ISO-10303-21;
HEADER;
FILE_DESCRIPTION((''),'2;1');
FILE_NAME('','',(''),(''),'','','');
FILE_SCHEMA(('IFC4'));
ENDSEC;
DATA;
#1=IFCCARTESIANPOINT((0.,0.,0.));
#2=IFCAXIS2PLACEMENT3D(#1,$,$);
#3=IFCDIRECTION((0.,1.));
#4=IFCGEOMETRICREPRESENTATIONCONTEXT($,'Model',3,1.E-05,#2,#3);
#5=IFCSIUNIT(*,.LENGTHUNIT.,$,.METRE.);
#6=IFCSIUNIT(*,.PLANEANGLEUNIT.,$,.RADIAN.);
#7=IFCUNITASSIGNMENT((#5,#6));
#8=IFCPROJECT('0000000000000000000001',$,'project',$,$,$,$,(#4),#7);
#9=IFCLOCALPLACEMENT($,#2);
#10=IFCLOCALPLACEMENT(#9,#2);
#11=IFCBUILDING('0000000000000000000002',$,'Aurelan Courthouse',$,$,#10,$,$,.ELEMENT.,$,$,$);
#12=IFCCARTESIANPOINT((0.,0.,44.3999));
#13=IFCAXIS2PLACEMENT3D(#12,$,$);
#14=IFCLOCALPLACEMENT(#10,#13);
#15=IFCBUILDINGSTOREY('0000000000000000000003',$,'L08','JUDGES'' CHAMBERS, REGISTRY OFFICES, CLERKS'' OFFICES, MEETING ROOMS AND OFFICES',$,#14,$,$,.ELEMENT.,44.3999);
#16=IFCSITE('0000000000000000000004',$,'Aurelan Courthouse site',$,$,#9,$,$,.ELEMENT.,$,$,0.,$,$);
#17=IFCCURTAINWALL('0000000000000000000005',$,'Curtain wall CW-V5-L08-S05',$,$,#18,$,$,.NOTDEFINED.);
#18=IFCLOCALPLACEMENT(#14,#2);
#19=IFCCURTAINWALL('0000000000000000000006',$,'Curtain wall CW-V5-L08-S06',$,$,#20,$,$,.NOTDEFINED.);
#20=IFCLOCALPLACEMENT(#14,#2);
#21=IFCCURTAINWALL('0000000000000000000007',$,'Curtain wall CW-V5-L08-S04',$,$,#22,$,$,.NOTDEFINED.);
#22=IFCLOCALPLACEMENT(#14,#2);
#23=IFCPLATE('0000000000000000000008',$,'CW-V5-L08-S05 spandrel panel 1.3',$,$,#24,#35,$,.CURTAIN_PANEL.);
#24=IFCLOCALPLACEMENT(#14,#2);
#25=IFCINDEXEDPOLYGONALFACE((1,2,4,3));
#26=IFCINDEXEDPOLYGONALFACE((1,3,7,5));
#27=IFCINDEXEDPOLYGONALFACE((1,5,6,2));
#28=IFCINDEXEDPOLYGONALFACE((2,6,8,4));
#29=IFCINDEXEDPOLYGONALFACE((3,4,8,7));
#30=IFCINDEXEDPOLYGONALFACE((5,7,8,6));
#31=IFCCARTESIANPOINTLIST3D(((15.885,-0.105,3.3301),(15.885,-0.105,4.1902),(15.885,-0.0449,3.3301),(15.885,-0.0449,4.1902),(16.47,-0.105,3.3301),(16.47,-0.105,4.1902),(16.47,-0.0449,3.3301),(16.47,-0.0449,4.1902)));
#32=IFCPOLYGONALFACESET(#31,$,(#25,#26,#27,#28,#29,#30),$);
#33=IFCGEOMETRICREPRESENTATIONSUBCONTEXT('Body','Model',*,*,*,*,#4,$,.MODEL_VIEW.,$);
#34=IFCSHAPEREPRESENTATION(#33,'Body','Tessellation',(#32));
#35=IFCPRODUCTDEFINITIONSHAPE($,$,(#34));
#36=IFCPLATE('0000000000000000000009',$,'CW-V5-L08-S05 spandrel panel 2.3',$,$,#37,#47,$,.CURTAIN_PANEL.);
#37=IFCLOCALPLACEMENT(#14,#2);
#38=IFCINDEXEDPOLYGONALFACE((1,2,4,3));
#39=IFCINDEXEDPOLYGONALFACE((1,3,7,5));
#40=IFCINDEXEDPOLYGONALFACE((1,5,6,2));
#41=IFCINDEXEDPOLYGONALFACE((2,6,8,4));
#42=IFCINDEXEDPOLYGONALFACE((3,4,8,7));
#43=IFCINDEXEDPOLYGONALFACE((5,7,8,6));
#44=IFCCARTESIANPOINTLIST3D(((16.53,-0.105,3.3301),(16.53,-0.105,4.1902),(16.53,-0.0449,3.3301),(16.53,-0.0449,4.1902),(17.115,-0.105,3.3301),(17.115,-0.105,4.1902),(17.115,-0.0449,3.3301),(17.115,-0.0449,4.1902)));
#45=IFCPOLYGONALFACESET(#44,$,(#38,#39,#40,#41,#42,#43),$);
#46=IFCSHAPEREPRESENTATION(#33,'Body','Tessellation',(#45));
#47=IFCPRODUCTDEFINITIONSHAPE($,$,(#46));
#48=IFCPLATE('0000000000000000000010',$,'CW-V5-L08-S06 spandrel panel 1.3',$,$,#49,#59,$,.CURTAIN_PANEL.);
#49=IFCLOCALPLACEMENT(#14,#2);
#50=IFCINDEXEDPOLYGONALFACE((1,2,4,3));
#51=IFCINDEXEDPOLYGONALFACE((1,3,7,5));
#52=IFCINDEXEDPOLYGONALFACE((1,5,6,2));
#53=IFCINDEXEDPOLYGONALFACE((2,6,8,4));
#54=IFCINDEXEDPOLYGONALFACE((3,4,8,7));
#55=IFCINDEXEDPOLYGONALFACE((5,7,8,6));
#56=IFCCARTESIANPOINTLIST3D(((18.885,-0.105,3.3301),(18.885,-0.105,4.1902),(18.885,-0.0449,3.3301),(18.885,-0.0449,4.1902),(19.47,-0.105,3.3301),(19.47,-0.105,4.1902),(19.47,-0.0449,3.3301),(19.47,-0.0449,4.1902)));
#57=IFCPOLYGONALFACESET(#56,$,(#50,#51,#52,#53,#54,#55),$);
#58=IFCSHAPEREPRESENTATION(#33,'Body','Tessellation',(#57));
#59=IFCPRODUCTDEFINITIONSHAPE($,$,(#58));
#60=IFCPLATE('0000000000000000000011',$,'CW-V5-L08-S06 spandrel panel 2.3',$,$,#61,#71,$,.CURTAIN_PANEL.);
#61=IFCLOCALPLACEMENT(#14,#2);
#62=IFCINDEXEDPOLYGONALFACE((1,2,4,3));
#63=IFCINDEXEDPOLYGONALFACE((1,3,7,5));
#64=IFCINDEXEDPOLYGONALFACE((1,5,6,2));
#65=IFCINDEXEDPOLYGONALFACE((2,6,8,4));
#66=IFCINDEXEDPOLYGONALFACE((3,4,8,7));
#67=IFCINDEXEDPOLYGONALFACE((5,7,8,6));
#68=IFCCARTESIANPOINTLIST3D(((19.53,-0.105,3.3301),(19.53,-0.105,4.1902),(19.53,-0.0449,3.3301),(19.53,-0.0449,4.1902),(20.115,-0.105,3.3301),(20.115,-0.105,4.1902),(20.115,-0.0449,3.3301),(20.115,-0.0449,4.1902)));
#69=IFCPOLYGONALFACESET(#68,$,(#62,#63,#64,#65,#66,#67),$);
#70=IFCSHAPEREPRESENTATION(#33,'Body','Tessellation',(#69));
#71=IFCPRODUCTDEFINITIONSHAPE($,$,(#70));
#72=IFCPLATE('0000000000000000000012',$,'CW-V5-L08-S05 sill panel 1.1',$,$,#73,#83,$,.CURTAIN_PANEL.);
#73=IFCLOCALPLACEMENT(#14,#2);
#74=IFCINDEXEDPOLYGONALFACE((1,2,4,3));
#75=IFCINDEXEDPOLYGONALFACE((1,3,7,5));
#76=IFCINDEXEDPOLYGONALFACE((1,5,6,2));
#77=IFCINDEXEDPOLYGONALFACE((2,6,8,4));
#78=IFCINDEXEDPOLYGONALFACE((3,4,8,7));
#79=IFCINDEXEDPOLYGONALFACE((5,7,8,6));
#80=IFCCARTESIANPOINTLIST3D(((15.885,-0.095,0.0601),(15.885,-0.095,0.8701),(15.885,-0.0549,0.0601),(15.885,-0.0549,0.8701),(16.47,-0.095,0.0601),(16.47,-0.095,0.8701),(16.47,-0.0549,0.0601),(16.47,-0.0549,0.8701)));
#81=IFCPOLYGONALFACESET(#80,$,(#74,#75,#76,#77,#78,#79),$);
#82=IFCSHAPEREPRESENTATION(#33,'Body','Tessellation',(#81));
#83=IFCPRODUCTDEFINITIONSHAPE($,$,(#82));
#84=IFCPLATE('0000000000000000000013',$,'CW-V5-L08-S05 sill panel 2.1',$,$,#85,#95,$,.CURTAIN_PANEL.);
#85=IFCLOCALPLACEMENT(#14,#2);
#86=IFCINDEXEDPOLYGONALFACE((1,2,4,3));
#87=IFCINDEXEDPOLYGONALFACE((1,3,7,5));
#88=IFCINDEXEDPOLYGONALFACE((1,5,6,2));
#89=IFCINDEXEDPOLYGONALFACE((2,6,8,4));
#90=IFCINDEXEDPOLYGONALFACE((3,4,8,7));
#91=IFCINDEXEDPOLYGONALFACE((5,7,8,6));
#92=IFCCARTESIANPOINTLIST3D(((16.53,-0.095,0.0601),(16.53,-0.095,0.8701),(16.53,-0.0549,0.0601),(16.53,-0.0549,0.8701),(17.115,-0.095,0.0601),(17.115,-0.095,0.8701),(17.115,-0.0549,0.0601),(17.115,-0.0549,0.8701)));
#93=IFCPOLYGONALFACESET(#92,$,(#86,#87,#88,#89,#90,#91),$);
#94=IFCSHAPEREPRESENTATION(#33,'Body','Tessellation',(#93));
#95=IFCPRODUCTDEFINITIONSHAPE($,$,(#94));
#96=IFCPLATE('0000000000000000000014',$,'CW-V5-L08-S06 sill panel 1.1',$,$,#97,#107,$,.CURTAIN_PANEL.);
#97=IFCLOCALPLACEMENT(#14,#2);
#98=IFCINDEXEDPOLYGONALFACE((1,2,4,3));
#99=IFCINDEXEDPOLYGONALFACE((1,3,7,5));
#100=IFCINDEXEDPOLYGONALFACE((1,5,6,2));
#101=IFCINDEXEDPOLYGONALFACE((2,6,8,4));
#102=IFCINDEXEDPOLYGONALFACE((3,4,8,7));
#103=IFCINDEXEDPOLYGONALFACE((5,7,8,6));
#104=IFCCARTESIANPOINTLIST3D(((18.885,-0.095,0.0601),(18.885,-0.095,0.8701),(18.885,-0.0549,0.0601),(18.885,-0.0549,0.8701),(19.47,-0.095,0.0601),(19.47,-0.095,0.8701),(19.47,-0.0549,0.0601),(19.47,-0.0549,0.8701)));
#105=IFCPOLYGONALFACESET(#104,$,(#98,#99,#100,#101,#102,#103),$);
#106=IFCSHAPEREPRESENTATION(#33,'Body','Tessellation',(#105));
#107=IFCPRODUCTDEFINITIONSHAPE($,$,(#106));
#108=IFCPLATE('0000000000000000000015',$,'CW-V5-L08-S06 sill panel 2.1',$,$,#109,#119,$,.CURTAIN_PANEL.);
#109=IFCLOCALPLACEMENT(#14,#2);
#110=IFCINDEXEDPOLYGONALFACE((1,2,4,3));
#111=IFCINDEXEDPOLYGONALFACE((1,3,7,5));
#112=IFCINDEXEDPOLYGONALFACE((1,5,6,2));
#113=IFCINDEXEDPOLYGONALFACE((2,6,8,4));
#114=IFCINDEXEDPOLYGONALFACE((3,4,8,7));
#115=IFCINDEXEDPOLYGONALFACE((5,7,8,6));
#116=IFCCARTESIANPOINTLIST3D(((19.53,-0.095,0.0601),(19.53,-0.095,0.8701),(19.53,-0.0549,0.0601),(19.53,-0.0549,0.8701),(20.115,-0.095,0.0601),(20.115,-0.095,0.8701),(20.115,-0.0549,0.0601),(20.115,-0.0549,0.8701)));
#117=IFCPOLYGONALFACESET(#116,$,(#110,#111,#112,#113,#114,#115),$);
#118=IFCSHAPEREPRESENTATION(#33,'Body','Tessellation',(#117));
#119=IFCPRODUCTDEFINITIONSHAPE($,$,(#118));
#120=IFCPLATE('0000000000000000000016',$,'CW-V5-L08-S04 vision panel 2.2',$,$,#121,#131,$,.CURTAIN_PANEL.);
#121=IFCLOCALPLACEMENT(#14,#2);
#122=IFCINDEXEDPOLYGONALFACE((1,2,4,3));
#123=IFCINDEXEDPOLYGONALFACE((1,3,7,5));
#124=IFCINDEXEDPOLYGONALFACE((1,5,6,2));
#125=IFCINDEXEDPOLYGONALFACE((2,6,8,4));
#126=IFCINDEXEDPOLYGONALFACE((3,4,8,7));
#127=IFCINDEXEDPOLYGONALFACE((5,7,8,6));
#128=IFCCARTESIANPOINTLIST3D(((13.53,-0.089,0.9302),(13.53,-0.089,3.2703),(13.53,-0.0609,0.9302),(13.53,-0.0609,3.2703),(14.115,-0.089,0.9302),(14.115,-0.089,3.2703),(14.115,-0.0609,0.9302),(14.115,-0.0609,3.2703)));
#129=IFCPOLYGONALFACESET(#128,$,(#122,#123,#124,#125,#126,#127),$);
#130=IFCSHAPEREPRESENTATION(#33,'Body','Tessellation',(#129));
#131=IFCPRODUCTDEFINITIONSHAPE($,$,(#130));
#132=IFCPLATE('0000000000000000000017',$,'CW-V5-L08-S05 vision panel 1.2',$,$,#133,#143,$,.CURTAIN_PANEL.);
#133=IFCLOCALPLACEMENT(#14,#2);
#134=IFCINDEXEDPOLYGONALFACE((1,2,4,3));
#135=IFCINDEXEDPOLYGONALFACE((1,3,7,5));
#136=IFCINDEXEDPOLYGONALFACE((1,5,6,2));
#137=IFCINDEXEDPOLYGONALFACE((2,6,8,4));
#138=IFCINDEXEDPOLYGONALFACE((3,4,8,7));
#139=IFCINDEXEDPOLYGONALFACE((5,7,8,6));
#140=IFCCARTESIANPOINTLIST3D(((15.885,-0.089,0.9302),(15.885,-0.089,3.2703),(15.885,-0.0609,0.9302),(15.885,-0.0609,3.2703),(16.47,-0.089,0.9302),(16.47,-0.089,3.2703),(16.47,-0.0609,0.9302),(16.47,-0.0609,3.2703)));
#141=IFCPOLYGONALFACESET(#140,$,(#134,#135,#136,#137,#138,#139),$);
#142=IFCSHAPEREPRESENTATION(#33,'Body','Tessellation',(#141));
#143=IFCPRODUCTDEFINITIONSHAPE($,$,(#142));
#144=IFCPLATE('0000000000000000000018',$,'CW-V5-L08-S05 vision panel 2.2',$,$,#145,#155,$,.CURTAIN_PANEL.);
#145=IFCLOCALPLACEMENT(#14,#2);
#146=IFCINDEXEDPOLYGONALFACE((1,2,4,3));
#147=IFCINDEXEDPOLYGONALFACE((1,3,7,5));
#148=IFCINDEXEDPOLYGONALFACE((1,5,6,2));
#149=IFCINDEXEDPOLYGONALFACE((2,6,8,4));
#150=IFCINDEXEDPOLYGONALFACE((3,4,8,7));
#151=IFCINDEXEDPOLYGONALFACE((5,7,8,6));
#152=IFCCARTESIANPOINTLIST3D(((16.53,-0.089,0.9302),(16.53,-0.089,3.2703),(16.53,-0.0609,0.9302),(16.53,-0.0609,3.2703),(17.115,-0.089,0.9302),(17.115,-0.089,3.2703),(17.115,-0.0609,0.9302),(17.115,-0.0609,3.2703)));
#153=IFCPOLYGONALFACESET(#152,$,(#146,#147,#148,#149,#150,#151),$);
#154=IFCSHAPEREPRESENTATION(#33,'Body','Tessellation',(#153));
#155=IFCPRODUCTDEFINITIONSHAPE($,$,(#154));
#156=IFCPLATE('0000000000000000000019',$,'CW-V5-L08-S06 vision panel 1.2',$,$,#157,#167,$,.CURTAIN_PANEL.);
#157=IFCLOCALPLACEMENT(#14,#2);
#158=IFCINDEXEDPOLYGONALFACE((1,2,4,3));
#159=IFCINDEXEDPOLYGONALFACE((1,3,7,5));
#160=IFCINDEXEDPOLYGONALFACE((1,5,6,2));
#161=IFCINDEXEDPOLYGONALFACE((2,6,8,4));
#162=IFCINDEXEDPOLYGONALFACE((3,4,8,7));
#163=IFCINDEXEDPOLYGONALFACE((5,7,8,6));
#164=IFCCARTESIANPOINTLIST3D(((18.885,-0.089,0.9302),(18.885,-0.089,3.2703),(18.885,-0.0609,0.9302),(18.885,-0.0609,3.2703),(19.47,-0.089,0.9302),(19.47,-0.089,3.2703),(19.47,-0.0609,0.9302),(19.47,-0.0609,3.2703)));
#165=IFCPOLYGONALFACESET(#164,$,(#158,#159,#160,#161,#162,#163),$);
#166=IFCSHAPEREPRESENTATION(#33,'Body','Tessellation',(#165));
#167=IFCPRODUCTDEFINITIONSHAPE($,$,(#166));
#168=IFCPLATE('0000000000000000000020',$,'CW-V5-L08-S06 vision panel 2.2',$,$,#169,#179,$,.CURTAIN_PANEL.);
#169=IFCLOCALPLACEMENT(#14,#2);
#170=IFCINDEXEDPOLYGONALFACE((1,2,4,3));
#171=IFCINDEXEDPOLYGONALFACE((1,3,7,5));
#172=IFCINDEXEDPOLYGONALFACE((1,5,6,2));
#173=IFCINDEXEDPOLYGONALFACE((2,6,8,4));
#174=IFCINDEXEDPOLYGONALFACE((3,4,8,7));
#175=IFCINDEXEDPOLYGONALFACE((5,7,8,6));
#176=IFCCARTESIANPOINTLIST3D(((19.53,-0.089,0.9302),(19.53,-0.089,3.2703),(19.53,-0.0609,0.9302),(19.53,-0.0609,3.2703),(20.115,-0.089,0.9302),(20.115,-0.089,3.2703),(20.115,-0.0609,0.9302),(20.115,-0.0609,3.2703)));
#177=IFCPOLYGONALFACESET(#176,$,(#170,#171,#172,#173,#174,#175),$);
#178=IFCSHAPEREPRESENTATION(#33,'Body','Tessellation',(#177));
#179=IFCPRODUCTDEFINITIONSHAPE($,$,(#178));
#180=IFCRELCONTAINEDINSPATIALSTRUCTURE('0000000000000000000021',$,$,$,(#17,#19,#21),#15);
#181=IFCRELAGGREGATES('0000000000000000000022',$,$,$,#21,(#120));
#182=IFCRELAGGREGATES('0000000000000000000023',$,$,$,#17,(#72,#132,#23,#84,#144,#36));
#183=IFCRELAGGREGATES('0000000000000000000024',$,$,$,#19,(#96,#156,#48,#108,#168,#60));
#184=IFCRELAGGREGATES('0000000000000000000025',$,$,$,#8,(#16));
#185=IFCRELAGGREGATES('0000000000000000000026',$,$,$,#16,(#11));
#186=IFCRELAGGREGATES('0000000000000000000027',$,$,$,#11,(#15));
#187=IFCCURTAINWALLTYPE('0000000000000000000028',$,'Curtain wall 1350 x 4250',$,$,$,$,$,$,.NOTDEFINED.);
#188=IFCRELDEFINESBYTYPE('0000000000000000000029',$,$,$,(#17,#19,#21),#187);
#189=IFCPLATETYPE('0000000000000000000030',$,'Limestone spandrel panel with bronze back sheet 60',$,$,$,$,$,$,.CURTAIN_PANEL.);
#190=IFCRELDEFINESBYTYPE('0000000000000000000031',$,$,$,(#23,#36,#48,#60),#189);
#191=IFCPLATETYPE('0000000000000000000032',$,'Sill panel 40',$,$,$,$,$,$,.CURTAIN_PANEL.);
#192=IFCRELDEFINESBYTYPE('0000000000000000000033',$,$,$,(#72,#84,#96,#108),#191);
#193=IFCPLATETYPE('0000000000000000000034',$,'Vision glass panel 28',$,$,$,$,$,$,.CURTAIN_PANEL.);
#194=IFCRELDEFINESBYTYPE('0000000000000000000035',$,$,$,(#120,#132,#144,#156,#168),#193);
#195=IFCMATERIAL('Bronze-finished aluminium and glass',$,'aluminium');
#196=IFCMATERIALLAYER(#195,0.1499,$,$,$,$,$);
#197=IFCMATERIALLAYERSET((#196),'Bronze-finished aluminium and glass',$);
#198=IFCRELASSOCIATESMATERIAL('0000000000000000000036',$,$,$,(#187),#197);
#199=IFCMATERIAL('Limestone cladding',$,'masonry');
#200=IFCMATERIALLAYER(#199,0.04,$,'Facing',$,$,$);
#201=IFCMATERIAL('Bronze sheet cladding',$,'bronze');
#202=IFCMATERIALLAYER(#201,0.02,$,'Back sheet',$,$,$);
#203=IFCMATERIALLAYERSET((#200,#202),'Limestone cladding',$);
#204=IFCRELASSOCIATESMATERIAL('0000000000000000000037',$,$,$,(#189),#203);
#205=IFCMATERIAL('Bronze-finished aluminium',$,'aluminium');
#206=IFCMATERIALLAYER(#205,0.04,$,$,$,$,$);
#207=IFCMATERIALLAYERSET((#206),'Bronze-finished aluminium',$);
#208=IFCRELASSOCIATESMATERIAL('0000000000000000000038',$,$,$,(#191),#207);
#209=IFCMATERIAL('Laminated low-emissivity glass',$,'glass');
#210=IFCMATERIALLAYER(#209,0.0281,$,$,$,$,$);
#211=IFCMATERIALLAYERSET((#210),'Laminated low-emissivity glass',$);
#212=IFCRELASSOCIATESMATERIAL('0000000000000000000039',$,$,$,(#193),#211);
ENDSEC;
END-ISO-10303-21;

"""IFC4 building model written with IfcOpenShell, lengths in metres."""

from ifc_helpers import new_model, si_unit, direction, frame, origin, origin_2d, place, context, subcontext, project, spatial, rectangle, extrude, material, layer, layer_set, type_object, element, aggregate, save


model = new_model("IFC4")

# Units and contexts
model_context = context("Model", 3, precision=1e-05, world=origin(), true_north=direction((0.0, 1.0)))
body_context = subcontext(model_context, "Body", "Model", "MODEL_VIEW")
ifc_project = project(units=[si_unit("LENGTHUNIT", "METRE"), si_unit("PLANEANGLEUNIT", "RADIAN")], contexts=[model_context])

# Site, building, storey
site_placement = place(None, origin())
site = spatial("IfcSite", under=ifc_project, at=site_placement, Name="Aurelan Courthouse site", CompositionType="ELEMENT", RefElevation=0.0)
building_placement = place(site_placement, origin())
building = spatial("IfcBuilding", under=site, at=building_placement, Name="Aurelan Courthouse", CompositionType="ELEMENT")
storey_placement = place(building_placement, frame((0.0, 0.0, 44.3999)))
storey = spatial("IfcBuildingStorey", under=building, at=storey_placement, Name="L08", Description="JUDGES' CHAMBERS, REGISTRY OFFICES, CLERKS' OFFICES, MEETING ROOMS AND OFFICES", CompositionType="ELEMENT", Elevation=44.3999)

# Curtain walls
ifc_material_1 = material(Name="Bronze-finished aluminium and glass", Category="aluminium")
ifc_layer_1 = layer(ifc_material_1, 0.1499)
ifc_layer_set_1 = layer_set([ifc_layer_1], Name="Bronze-finished aluminium and glass")
curtain_wall_type = type_object("IfcCurtainWallType", Name="Curtain wall 1350 x 4250", PredefinedType="NOTDEFINED", material=ifc_layer_set_1)
curtain_wall_1_placement = place(storey_placement, origin())
curtain_wall_1 = element("IfcCurtainWall", 1, at=curtain_wall_1_placement, inside=storey, type_object=curtain_wall_type, Name="Curtain wall CW-V5-L08-S05", PredefinedType="NOTDEFINED")
ifc_material_2 = material(Name="Bronze-finished aluminium", Category="aluminium")
curtain_wall_2_placement = place(storey_placement, origin())
curtain_wall_2 = element("IfcCurtainWall", 2, at=curtain_wall_2_placement, inside=storey, type_object=curtain_wall_type, Name="Curtain wall CW-V5-L08-S06", PredefinedType="NOTDEFINED")

# Curtain wall
curtain_wall_3_placement = place(storey_placement, origin())
curtain_wall_3 = element("IfcCurtainWall", 3, at=curtain_wall_3_placement, inside=storey, type_object=curtain_wall_type, Name="Curtain wall CW-V5-L08-S04", PredefinedType="NOTDEFINED")
ifc_material_3 = material(Name="Limestone cladding", Category="masonry")
ifc_layer_2 = layer(ifc_material_3, 0.04, Name="Facing")
ifc_material_4 = material(Name="Bronze sheet cladding", Category="bronze")
ifc_layer_3 = layer(ifc_material_4, 0.02, Name="Back sheet")
ifc_layer_set_2 = layer_set([ifc_layer_2, ifc_layer_3], Name="Limestone cladding")
plate_type_1 = type_object("IfcPlateType", Name="Limestone spandrel panel with bronze back sheet 60", PredefinedType="CURTAIN_PANEL", material=ifc_layer_set_2)

# Plates
plate_1_placement = place(storey_placement, frame((16.1775, -0.075, 3.3301), z_axis=(0.0, 0.0, 1.0), x_axis=(1.0, 0.0, 0.0)))
plate_1 = element("IfcPlate", 4, at=plate_1_placement, type_object=plate_type_1, Name="CW-V5-L08-S05 spandrel panel 1.3", PredefinedType="CURTAIN_PANEL", context=body_context, shape_type="SweptSolid", body=[
    extrude(rectangle(XDim=0.585, YDim=0.0601, at=origin_2d()), origin(), (0.0, 0.0, 1.0), 0.8601),
])
plate_2_placement = place(storey_placement, frame((16.8225, -0.075, 3.3301), z_axis=(0.0, 0.0, 1.0), x_axis=(1.0, 0.0, 0.0)))
plate_2 = element("IfcPlate", 5, at=plate_2_placement, type_object=plate_type_1, Name="CW-V5-L08-S05 spandrel panel 2.3", PredefinedType="CURTAIN_PANEL", context=body_context, shape_type="SweptSolid", body=[
    extrude(rectangle(XDim=0.585, YDim=0.0601, at=origin_2d()), origin(), (0.0, 0.0, 1.0), 0.8601),
])
plate_3_placement = place(storey_placement, frame((19.1775, -0.075, 3.3301), z_axis=(0.0, 0.0, 1.0), x_axis=(1.0, 0.0, 0.0)))
plate_3 = element("IfcPlate", 6, at=plate_3_placement, type_object=plate_type_1, Name="CW-V5-L08-S06 spandrel panel 1.3", PredefinedType="CURTAIN_PANEL", context=body_context, shape_type="SweptSolid", body=[
    extrude(rectangle(XDim=0.585, YDim=0.0601, at=origin_2d()), origin(), (0.0, 0.0, 1.0), 0.8601),
])
plate_4_placement = place(storey_placement, frame((19.8225, -0.075, 3.3301), z_axis=(0.0, 0.0, 1.0), x_axis=(1.0, 0.0, 0.0)))
plate_4 = element("IfcPlate", 7, at=plate_4_placement, type_object=plate_type_1, Name="CW-V5-L08-S06 spandrel panel 2.3", PredefinedType="CURTAIN_PANEL", context=body_context, shape_type="SweptSolid", body=[
    extrude(rectangle(XDim=0.585, YDim=0.0601, at=origin_2d()), origin(), (0.0, 0.0, 1.0), 0.8601),
])
ifc_layer_4 = layer(ifc_material_2, 0.04)
ifc_layer_set_3 = layer_set([ifc_layer_4], Name="Bronze-finished aluminium")
plate_type_2 = type_object("IfcPlateType", Name="Sill panel 40", PredefinedType="CURTAIN_PANEL", material=ifc_layer_set_3)
plate_5_placement = place(storey_placement, frame((16.1775, -0.075, 0.0601), z_axis=(0.0, 0.0, 1.0), x_axis=(1.0, 0.0, 0.0)))
plate_5 = element("IfcPlate", 8, at=plate_5_placement, type_object=plate_type_2, Name="CW-V5-L08-S05 sill panel 1.1", PredefinedType="CURTAIN_PANEL", context=body_context, shape_type="SweptSolid", body=[
    extrude(rectangle(XDim=0.585, YDim=0.04, at=origin_2d()), origin(), (0.0, 0.0, 1.0), 0.8101),
])
plate_6_placement = place(storey_placement, frame((16.8225, -0.075, 0.0601), z_axis=(0.0, 0.0, 1.0), x_axis=(1.0, 0.0, 0.0)))
plate_6 = element("IfcPlate", 9, at=plate_6_placement, type_object=plate_type_2, Name="CW-V5-L08-S05 sill panel 2.1", PredefinedType="CURTAIN_PANEL", context=body_context, shape_type="SweptSolid", body=[
    extrude(rectangle(XDim=0.585, YDim=0.04, at=origin_2d()), origin(), (0.0, 0.0, 1.0), 0.8101),
])
plate_7_placement = place(storey_placement, frame((19.1775, -0.075, 0.0601), z_axis=(0.0, 0.0, 1.0), x_axis=(1.0, 0.0, 0.0)))
plate_7 = element("IfcPlate", 10, at=plate_7_placement, type_object=plate_type_2, Name="CW-V5-L08-S06 sill panel 1.1", PredefinedType="CURTAIN_PANEL", context=body_context, shape_type="SweptSolid", body=[
    extrude(rectangle(XDim=0.585, YDim=0.04, at=origin_2d()), origin(), (0.0, 0.0, 1.0), 0.8101),
])
plate_8_placement = place(storey_placement, frame((19.8225, -0.075, 0.0601), z_axis=(0.0, 0.0, 1.0), x_axis=(1.0, 0.0, 0.0)))
plate_8 = element("IfcPlate", 11, at=plate_8_placement, type_object=plate_type_2, Name="CW-V5-L08-S06 sill panel 2.1", PredefinedType="CURTAIN_PANEL", context=body_context, shape_type="SweptSolid", body=[
    extrude(rectangle(XDim=0.585, YDim=0.04, at=origin_2d()), origin(), (0.0, 0.0, 1.0), 0.8101),
])
ifc_material_5 = material(Name="Laminated low-emissivity glass", Category="glass")
ifc_layer_5 = layer(ifc_material_5, 0.0281)
ifc_layer_set_4 = layer_set([ifc_layer_5], Name="Laminated low-emissivity glass")
plate_type_3 = type_object("IfcPlateType", Name="Vision glass panel 28", PredefinedType="CURTAIN_PANEL", material=ifc_layer_set_4)
plate_9_placement = place(storey_placement, frame((13.8225, -0.075, 0.9302), z_axis=(0.0, 0.0, 1.0), x_axis=(1.0, 0.0, 0.0)))
plate_9 = element("IfcPlate", 12, at=plate_9_placement, type_object=plate_type_3, Name="CW-V5-L08-S04 vision panel 2.2", PredefinedType="CURTAIN_PANEL", context=body_context, shape_type="SweptSolid", body=[
    extrude(rectangle(XDim=0.585, YDim=0.0281, at=origin_2d()), origin(), (0.0, 0.0, 1.0), 2.3401),
])
aggregate(curtain_wall_3, [plate_9])
plate_10_placement = place(storey_placement, frame((16.1775, -0.075, 0.9302), z_axis=(0.0, 0.0, 1.0), x_axis=(1.0, 0.0, 0.0)))
plate_10 = element("IfcPlate", 13, at=plate_10_placement, type_object=plate_type_3, Name="CW-V5-L08-S05 vision panel 1.2", PredefinedType="CURTAIN_PANEL", context=body_context, shape_type="SweptSolid", body=[
    extrude(rectangle(XDim=0.585, YDim=0.0281, at=origin_2d()), origin(), (0.0, 0.0, 1.0), 2.3401),
])
plate_11_placement = place(storey_placement, frame((16.8225, -0.075, 0.9302), z_axis=(0.0, 0.0, 1.0), x_axis=(1.0, 0.0, 0.0)))
plate_11 = element("IfcPlate", 14, at=plate_11_placement, type_object=plate_type_3, Name="CW-V5-L08-S05 vision panel 2.2", PredefinedType="CURTAIN_PANEL", context=body_context, shape_type="SweptSolid", body=[
    extrude(rectangle(XDim=0.585, YDim=0.0281, at=origin_2d()), origin(), (0.0, 0.0, 1.0), 2.3401),
])
aggregate(curtain_wall_1, [plate_5, plate_10, plate_1, plate_6, plate_11, plate_2])
plate_12_placement = place(storey_placement, frame((19.1775, -0.075, 0.9302), z_axis=(0.0, 0.0, 1.0), x_axis=(1.0, 0.0, 0.0)))
plate_12 = element("IfcPlate", 15, at=plate_12_placement, type_object=plate_type_3, Name="CW-V5-L08-S06 vision panel 1.2", PredefinedType="CURTAIN_PANEL", context=body_context, shape_type="SweptSolid", body=[
    extrude(rectangle(XDim=0.585, YDim=0.0281, at=origin_2d()), origin(), (0.0, 0.0, 1.0), 2.3401),
])
plate_13_placement = place(storey_placement, frame((19.8225, -0.075, 0.9302), z_axis=(0.0, 0.0, 1.0), x_axis=(1.0, 0.0, 0.0)))
plate_13 = element("IfcPlate", 16, at=plate_13_placement, type_object=plate_type_3, Name="CW-V5-L08-S06 vision panel 2.2", PredefinedType="CURTAIN_PANEL", context=body_context, shape_type="SweptSolid", body=[
    extrude(rectangle(XDim=0.585, YDim=0.0281, at=origin_2d()), origin(), (0.0, 0.0, 1.0), 2.3401),
])
aggregate(curtain_wall_2, [plate_7, plate_12, plate_3, plate_8, plate_13, plate_4])

save(model, "model.ifc")
